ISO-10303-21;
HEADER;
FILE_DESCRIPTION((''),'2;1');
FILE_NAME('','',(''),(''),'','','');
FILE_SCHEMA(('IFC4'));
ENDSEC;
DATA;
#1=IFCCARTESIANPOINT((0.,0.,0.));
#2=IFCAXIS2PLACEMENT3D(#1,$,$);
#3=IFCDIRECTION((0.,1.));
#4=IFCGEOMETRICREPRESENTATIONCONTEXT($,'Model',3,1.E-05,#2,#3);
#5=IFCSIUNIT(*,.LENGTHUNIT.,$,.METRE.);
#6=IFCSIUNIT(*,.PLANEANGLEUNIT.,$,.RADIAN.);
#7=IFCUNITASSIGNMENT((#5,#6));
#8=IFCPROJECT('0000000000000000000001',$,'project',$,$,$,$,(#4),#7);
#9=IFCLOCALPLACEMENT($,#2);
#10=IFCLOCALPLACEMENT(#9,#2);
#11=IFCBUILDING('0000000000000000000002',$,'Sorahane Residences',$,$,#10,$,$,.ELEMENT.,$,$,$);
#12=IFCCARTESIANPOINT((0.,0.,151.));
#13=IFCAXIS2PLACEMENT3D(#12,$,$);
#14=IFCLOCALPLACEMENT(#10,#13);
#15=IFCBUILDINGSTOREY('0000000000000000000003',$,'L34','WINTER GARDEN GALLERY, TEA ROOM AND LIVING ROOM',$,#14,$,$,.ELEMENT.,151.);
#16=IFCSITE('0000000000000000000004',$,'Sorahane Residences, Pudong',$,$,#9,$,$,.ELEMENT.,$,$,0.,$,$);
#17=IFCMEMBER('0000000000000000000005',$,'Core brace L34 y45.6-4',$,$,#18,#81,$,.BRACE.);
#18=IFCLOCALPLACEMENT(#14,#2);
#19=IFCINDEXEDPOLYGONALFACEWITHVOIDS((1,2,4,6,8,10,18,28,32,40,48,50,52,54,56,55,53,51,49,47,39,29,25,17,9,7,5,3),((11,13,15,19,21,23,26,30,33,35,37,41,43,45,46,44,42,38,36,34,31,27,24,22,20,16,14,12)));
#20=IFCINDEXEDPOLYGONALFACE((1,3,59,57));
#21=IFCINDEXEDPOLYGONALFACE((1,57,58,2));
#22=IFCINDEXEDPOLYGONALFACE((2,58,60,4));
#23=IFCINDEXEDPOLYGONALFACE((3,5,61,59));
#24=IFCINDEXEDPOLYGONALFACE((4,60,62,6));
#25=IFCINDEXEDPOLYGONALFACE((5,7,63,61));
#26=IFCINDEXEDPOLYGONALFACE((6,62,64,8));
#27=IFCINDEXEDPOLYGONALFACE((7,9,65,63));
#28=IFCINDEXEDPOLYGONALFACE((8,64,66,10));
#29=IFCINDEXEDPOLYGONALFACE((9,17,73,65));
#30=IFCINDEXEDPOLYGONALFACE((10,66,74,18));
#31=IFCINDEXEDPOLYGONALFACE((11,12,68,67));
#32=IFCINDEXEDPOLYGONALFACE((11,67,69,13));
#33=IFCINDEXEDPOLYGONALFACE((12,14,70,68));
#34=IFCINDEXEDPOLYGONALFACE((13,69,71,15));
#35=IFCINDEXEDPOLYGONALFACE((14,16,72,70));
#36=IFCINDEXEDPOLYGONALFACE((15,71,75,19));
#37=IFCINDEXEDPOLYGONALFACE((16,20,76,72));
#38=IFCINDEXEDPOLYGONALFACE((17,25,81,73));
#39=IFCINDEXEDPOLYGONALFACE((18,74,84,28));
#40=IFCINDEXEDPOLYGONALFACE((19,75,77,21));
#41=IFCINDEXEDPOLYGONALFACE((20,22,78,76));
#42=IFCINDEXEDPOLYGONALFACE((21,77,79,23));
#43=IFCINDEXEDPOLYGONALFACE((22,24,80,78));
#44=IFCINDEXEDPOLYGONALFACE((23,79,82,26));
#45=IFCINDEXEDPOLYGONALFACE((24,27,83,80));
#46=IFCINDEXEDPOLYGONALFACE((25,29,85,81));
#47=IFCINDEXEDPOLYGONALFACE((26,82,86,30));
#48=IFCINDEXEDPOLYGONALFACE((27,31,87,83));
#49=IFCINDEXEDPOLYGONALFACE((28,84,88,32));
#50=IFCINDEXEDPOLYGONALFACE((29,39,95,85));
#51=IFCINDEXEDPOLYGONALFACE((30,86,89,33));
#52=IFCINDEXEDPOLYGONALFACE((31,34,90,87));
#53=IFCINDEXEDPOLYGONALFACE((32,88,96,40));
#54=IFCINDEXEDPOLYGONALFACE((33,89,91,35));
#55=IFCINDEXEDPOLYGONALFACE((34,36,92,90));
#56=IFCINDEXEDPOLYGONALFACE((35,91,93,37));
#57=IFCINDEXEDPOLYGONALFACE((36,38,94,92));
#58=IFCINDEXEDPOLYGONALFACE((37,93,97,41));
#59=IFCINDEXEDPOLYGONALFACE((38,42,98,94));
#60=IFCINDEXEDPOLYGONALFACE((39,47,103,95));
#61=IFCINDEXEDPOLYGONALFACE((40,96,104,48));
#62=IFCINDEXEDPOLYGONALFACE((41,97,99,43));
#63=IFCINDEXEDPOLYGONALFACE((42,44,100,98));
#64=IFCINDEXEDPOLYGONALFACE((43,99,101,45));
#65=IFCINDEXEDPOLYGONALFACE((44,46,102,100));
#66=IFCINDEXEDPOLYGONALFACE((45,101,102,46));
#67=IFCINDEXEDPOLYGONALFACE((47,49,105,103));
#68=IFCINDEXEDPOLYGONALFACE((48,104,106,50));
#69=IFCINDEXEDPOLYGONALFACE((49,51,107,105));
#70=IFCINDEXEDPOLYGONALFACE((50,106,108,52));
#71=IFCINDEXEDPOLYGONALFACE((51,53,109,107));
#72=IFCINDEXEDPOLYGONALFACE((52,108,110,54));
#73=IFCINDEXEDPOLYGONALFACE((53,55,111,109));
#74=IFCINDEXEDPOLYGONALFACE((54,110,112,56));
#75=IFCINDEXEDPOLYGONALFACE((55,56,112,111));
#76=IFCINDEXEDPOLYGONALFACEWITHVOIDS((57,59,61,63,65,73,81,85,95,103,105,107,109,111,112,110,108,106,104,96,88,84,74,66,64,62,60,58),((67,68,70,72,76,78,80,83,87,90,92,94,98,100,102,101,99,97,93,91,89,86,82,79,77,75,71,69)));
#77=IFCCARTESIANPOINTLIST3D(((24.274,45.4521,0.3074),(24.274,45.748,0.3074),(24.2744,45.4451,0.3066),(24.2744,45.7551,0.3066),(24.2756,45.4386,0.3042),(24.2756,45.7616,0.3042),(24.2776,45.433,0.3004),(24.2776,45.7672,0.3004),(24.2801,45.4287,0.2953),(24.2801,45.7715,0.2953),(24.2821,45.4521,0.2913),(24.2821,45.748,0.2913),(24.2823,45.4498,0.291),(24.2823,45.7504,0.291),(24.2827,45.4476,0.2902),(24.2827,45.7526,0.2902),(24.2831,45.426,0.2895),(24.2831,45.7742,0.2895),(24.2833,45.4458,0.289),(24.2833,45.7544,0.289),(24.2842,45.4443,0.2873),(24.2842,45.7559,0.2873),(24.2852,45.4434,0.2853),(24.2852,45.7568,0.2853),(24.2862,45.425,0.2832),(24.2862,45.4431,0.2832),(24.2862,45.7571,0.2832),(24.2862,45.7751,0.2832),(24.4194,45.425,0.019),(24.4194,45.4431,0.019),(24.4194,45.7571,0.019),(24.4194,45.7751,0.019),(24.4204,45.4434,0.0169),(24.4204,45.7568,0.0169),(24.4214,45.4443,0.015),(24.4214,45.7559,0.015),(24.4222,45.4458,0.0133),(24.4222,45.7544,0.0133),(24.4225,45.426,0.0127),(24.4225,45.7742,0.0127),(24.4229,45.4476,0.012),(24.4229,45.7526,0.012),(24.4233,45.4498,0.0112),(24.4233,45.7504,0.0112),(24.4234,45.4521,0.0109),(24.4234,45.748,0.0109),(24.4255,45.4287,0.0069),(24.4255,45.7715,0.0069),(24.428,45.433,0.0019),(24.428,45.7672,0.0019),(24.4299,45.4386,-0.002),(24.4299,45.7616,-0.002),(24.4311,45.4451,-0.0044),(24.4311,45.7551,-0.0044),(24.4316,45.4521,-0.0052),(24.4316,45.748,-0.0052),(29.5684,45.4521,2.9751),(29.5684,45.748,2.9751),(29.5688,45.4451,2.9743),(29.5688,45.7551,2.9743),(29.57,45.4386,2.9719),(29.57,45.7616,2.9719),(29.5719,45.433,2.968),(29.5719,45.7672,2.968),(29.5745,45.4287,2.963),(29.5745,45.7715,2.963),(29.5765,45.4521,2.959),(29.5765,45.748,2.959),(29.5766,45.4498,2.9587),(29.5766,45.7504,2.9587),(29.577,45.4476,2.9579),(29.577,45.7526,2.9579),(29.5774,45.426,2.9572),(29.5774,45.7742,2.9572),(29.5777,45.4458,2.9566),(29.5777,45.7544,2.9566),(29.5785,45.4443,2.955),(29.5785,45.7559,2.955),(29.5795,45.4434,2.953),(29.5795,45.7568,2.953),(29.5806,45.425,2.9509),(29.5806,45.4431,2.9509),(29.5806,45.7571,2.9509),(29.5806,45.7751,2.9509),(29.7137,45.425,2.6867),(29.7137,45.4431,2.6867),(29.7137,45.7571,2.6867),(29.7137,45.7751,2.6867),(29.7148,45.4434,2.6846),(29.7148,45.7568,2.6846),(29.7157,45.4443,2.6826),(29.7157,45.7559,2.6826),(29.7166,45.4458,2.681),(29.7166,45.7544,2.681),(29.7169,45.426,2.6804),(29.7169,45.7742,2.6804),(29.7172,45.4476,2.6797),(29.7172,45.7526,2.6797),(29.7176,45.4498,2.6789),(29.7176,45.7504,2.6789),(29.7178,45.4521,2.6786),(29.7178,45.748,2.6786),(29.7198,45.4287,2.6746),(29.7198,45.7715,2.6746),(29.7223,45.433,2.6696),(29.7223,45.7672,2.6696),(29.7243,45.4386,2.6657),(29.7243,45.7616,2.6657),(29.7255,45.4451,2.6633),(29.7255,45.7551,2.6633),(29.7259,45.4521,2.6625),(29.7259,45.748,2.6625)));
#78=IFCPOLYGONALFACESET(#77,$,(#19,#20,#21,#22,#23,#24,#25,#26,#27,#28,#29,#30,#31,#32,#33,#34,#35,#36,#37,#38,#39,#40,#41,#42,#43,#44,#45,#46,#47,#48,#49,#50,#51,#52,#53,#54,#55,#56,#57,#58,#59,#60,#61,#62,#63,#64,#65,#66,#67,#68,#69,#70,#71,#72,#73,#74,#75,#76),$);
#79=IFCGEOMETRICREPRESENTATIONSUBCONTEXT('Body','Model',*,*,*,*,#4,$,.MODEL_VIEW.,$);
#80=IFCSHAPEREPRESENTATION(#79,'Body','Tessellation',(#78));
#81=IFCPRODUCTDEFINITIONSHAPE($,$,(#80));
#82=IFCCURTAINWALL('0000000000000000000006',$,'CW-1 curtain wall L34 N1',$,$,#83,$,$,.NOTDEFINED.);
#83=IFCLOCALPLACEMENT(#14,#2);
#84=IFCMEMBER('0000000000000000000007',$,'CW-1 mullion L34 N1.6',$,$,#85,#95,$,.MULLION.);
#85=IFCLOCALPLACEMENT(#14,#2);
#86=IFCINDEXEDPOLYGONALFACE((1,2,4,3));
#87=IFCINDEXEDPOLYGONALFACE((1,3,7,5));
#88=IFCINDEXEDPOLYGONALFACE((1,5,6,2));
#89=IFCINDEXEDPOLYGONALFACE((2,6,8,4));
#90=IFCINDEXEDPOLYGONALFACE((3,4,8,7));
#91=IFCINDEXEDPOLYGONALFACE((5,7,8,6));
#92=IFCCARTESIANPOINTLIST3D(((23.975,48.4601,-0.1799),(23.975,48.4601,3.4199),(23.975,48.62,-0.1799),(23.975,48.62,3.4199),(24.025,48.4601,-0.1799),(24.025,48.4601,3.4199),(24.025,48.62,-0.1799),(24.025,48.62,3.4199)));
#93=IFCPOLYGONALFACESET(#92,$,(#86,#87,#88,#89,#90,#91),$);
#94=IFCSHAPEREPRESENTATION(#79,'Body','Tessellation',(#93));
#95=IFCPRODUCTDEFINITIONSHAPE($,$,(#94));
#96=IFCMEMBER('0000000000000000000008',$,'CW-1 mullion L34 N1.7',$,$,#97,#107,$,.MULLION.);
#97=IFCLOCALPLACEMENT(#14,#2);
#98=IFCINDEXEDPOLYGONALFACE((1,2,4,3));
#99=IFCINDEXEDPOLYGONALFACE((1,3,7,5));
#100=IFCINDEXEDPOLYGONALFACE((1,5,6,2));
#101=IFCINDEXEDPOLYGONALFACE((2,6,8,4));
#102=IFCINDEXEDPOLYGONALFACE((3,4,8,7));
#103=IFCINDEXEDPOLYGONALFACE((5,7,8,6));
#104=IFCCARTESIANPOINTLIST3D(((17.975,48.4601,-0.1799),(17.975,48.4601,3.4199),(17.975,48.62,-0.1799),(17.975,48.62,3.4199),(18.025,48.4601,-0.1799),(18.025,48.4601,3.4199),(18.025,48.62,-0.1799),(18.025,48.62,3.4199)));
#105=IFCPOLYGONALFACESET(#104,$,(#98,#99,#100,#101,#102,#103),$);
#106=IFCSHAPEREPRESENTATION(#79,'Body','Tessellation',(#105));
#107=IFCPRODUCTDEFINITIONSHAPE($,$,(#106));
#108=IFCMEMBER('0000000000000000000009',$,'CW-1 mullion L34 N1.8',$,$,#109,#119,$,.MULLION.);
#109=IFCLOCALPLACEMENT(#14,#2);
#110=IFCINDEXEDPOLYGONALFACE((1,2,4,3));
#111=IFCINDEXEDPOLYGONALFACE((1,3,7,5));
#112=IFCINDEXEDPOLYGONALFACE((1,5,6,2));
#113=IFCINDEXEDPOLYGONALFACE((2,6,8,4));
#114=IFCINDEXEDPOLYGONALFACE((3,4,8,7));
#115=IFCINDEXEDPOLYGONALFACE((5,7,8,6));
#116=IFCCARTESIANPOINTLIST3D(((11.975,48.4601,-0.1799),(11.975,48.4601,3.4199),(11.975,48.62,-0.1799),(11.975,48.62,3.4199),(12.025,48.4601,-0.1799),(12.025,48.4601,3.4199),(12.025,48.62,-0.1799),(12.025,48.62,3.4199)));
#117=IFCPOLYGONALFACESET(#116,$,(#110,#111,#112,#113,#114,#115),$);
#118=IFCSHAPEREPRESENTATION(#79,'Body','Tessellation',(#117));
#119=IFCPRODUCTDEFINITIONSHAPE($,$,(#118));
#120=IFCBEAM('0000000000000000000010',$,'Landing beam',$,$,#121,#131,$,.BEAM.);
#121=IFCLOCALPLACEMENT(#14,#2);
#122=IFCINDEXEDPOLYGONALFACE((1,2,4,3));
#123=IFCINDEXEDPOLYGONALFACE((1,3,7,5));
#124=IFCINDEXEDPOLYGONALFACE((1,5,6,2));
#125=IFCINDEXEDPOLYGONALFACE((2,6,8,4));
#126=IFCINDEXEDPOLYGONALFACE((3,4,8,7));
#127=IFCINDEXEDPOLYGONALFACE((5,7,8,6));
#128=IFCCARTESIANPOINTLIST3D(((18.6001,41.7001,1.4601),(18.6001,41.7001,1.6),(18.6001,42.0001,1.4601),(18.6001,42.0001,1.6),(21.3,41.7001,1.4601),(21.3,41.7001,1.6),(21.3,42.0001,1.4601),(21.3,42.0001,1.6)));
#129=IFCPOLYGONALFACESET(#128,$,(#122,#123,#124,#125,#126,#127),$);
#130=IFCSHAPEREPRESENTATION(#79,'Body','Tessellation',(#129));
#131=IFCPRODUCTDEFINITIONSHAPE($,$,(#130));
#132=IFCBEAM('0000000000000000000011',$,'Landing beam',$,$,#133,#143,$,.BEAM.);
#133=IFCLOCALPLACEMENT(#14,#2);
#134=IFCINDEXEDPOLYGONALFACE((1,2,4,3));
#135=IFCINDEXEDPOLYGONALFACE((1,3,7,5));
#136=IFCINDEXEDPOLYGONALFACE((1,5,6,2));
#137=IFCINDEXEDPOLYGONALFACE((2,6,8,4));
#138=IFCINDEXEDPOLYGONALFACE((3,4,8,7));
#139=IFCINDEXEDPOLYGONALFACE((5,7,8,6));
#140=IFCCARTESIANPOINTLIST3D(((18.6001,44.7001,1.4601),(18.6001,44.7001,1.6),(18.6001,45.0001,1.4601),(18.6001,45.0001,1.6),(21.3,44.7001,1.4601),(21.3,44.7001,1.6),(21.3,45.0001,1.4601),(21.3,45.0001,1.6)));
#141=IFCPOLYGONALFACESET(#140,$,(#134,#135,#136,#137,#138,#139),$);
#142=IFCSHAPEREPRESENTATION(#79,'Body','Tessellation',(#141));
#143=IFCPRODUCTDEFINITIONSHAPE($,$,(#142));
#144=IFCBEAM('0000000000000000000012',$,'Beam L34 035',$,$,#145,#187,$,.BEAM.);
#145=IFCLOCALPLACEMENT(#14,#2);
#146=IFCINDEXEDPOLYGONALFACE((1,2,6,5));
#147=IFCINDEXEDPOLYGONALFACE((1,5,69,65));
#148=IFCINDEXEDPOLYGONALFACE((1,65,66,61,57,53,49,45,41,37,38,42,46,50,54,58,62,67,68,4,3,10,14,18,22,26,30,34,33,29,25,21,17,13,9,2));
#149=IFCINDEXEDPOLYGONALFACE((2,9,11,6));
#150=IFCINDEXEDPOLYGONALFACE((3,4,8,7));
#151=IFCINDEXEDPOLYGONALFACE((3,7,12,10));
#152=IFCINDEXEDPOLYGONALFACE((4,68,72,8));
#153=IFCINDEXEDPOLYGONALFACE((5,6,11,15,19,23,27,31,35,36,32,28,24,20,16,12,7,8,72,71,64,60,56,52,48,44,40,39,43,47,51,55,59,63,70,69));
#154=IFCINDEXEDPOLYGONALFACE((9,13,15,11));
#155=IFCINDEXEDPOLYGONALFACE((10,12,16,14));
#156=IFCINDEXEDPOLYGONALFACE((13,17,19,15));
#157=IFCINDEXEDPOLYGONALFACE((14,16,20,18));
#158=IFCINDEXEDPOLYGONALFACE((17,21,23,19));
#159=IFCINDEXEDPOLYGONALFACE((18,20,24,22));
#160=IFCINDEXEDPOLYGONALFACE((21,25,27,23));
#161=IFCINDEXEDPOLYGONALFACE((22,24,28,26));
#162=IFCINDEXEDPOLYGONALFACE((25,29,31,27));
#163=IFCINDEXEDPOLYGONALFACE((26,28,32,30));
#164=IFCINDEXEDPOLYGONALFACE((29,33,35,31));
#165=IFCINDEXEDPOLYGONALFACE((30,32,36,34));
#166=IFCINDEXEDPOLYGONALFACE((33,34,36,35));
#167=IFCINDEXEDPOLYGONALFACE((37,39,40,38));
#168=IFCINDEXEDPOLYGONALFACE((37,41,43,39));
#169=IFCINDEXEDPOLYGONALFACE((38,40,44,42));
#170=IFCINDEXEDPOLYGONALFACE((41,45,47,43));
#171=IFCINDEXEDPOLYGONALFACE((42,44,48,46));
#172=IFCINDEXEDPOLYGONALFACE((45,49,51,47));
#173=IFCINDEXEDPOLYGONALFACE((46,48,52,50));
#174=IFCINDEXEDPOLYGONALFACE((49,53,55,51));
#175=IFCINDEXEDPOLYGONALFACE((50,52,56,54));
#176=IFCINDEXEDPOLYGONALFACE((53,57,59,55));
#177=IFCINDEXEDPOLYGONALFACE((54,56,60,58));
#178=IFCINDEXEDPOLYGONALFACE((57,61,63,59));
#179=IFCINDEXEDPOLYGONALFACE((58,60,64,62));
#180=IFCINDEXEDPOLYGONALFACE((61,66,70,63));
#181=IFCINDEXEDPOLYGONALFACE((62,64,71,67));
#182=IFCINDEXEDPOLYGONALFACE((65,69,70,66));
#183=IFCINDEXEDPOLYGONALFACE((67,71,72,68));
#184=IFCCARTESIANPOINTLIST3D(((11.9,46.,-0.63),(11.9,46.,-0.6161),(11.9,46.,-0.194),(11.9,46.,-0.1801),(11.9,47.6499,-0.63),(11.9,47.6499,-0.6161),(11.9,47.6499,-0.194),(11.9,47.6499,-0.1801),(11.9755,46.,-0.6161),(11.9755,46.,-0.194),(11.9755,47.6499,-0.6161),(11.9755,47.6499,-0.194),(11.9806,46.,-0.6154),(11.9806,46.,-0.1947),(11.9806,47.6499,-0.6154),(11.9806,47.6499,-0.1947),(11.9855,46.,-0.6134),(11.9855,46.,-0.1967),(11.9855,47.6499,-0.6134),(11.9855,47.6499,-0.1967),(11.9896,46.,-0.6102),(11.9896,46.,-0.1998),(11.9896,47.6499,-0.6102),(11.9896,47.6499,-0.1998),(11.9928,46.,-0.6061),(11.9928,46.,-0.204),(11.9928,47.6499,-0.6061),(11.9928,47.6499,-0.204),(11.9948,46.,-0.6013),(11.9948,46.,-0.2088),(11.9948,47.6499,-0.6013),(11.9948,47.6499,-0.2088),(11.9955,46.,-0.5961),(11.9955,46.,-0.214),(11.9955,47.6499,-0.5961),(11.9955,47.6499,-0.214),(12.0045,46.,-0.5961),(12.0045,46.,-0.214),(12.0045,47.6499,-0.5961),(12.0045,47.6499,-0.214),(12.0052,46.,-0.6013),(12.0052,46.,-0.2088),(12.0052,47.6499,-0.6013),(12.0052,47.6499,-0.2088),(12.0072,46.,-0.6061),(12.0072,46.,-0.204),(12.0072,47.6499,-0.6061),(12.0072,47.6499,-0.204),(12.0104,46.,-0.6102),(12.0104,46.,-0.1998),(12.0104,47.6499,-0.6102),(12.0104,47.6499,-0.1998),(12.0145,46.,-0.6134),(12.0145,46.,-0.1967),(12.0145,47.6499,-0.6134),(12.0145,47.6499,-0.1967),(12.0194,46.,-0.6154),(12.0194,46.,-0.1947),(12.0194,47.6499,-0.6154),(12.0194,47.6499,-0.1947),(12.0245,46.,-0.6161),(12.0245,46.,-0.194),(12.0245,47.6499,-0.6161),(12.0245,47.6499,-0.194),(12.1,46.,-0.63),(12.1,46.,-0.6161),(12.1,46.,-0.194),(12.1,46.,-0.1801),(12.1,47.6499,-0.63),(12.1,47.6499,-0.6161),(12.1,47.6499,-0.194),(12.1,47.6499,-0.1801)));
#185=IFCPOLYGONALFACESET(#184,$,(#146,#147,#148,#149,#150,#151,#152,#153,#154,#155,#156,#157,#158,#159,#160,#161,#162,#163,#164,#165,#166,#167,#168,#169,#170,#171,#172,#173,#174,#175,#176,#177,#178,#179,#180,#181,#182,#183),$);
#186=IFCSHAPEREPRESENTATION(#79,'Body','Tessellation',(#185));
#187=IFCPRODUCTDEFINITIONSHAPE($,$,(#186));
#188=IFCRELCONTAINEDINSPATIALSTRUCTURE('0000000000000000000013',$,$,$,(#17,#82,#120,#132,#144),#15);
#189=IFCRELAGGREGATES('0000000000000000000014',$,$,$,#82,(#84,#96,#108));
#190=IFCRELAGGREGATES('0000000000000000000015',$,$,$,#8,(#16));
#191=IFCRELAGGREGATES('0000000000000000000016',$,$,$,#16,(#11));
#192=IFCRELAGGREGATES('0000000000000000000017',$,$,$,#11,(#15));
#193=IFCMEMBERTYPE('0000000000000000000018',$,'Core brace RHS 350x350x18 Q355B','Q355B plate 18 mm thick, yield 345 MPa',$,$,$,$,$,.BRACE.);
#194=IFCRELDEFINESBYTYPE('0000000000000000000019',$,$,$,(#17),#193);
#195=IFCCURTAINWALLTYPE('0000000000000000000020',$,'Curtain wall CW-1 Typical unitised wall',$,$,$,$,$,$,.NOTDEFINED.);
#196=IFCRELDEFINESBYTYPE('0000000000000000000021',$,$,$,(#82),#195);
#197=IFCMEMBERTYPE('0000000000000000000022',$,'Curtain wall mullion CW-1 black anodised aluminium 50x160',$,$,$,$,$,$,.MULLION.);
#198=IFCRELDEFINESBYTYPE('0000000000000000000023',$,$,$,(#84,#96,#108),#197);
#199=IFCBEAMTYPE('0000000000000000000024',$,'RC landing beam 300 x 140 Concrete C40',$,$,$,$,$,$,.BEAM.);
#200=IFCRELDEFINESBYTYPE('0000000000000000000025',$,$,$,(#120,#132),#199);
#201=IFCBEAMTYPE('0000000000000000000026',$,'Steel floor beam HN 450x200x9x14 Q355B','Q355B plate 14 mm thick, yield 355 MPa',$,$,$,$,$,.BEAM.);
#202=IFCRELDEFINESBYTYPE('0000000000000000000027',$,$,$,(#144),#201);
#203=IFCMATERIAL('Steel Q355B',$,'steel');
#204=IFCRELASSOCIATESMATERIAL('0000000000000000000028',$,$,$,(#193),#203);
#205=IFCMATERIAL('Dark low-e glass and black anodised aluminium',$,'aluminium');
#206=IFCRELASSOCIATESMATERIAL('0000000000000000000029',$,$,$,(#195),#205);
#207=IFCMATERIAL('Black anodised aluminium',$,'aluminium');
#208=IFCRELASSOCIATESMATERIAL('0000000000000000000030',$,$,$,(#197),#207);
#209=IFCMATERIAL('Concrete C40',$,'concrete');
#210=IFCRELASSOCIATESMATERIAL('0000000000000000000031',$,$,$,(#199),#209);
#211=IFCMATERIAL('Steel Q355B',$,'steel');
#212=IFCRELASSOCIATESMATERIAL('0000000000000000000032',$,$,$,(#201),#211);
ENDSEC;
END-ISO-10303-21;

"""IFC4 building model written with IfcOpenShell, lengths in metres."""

from ifc_helpers import new_model, si_unit, direction, frame, origin, origin_2d, place, context, subcontext, project, spatial, rectangle, hollow_rectangle, i_section, extrude, material, material_profile, profile_set, type_object, element, aggregate, save


model = new_model("IFC4")

# Units and contexts
model_context = context("Model", 3, precision=1e-05, world=origin(), true_north=direction((0.0, 1.0)))
body_context = subcontext(model_context, "Body", "Model", "MODEL_VIEW")
ifc_project = project(units=[si_unit("LENGTHUNIT", "METRE"), si_unit("PLANEANGLEUNIT", "RADIAN")], contexts=[model_context])

# Site, building, storey
site_placement = place(None, origin())
site = spatial("IfcSite", under=ifc_project, at=site_placement, Name="Sorahane Residences, Pudong", CompositionType="ELEMENT", RefElevation=0.0)
building_placement = place(site_placement, origin())
building = spatial("IfcBuilding", under=site, at=building_placement, Name="Sorahane Residences", CompositionType="ELEMENT")
storey_placement = place(building_placement, frame((0.0, 0.0, 151.0)))
storey = spatial("IfcBuildingStorey", under=building, at=storey_placement, Name="L34", Description="WINTER GARDEN GALLERY, TEA ROOM AND LIVING ROOM", CompositionType="ELEMENT", Elevation=151.0)

# Member
ifc_material_1 = material(Name="Steel Q355B", Category="steel")
ifc_material_profile_1 = material_profile(ifc_material_1, hollow_rectangle(XDim=0.3501, YDim=0.3501, WallThickness=0.0181, InnerFilletRadius=0.009, OuterFilletRadius=0.0271, at=origin_2d()), Name="RHS 350x350x18")
ifc_profile_set_1 = profile_set([ifc_material_profile_1], Name="Steel Q355B")
member_type_1 = type_object("IfcMemberType", Name="Core brace RHS 350x350x18 Q355B", Description="Q355B plate 18 mm thick, yield 345 MPa", PredefinedType="BRACE", material=ifc_profile_set_1)
for number, where, z_axis, x_axis, name in (
    (1, (24.3528, 45.6001, 0.1511), (0.893039, 0.0, 0.449979), (0.0, 1.0, 0.0), "Core brace L34 y45.6-4"),
):
    element("IfcMember", number, at=place(storey_placement, frame(where, z_axis=z_axis, x_axis=x_axis)), inside=storey, type_object=member_type_1, Name=name, PredefinedType="BRACE", context=body_context, shape_type="SweptSolid", body=[
        extrude(hollow_rectangle(XDim=0.3501, YDim=0.3501, WallThickness=0.0181, InnerFilletRadius=0.009, OuterFilletRadius=0.0271, at=origin_2d()), origin(), (0.0, 0.0, 1.0), 5.9285),
    ])

# Curtain wall, members
ifc_material_2 = material(Name="Dark low-e glass and black anodised aluminium", Category="aluminium")
curtain_wall_type = type_object("IfcCurtainWallType", Name="Curtain wall CW-1 Typical unitised wall", PredefinedType="NOTDEFINED", material=ifc_material_2)
curtain_wall_placement = place(storey_placement, origin())
curtain_wall = element("IfcCurtainWall", 2, at=curtain_wall_placement, inside=storey, type_object=curtain_wall_type, Name="CW-1 curtain wall L34 N1", PredefinedType="NOTDEFINED")
ifc_material_3 = material(Name="Black anodised aluminium", Category="aluminium")
ifc_material_profile_2 = material_profile(ifc_material_3, rectangle(XDim=0.1599, YDim=0.05, at=origin_2d()), Name="Curtain wall mullion CW-1 black anodised aluminium 50x160")
ifc_profile_set_2 = profile_set([ifc_material_profile_2], Name="Black anodised aluminium")
member_type_2 = type_object("IfcMemberType", Name="Curtain wall mullion CW-1 black anodised aluminium 50x160", PredefinedType="MULLION", material=ifc_profile_set_2)
member_1_placement = place(storey_placement, frame((24.0, 48.54, -0.1799), z_axis=(0.0, 0.0, 1.0), x_axis=(0.0, 1.0, 0.0)))
member_1 = element("IfcMember", 3, at=member_1_placement, type_object=member_type_2, Name="CW-1 mullion L34 N1.6", PredefinedType="MULLION", context=body_context, shape_type="SweptSolid", body=[
    extrude(rectangle(XDim=0.1599, YDim=0.05, at=origin_2d()), origin(), (0.0, 0.0, 1.0), 3.5999),
])
member_2_placement = place(storey_placement, frame((18.0, 48.54, -0.1799), z_axis=(0.0, 0.0, 1.0), x_axis=(0.0, 1.0, 0.0)))
member_2 = element("IfcMember", 4, at=member_2_placement, type_object=member_type_2, Name="CW-1 mullion L34 N1.7", PredefinedType="MULLION", context=body_context, shape_type="SweptSolid", body=[
    extrude(rectangle(XDim=0.1599, YDim=0.05, at=origin_2d()), origin(), (0.0, 0.0, 1.0), 3.5999),
])
member_3_placement = place(storey_placement, frame((12.0, 48.54, -0.1799), z_axis=(0.0, 0.0, 1.0), x_axis=(0.0, 1.0, 0.0)))
member_3 = element("IfcMember", 5, at=member_3_placement, type_object=member_type_2, Name="CW-1 mullion L34 N1.8", PredefinedType="MULLION", context=body_context, shape_type="SweptSolid", body=[
    extrude(rectangle(XDim=0.1599, YDim=0.05, at=origin_2d()), origin(), (0.0, 0.0, 1.0), 3.5999),
])

# Beams
ifc_material_4 = material(Name="Concrete C40", Category="concrete")
ifc_material_profile_3 = material_profile(ifc_material_4, rectangle(XDim=0.3, YDim=0.1399, at=origin_2d()), Name="300x140")
ifc_profile_set_3 = profile_set([ifc_material_profile_3], Name="Concrete C40")
beam_type_1 = type_object("IfcBeamType", Name="RC landing beam 300 x 140 Concrete C40", PredefinedType="BEAM", material=ifc_profile_set_3)
for number, where, z_axis, x_axis, name in (
    (6, (18.6001, 41.8501, 1.53), (1.0, 0.0, 0.0), (0.0, 1.0, 0.0), "Landing beam"),
    (7, (18.6001, 44.8501, 1.53), (1.0, 0.0, 0.0), (0.0, 1.0, 0.0), "Landing beam"),
):
    element("IfcBeam", number, at=place(storey_placement, frame(where, z_axis=z_axis, x_axis=x_axis)), inside=storey, type_object=beam_type_1, Name=name, PredefinedType="BEAM", context=body_context, shape_type="SweptSolid", body=[
        extrude(rectangle(XDim=0.3, YDim=0.1399, at=origin_2d()), origin(), (0.0, 0.0, 1.0), 2.7),
    ])
ifc_material_5 = material(Name="Steel Q355B", Category="steel")
ifc_material_profile_4 = material_profile(ifc_material_5, i_section(OverallWidth=0.2, OverallDepth=0.45, WebThickness=0.009, FlangeThickness=0.0139, FilletRadius=0.02, at=origin_2d()), Name="HN 450x200x9x14")
ifc_profile_set_4 = profile_set([ifc_material_profile_4], Name="Steel Q355B")
beam_type_2 = type_object("IfcBeamType", Name="Steel floor beam HN 450x200x9x14 Q355B", Description="Q355B plate 14 mm thick, yield 355 MPa", PredefinedType="BEAM", material=ifc_profile_set_4)
beam_1_placement = place(storey_placement, frame((12.0, 46.0, -0.405), z_axis=(0.0, 1.0, 0.0), x_axis=(-1.0, 0.0, 0.0)))
element("IfcBeam", 8, at=beam_1_placement, inside=storey, type_object=beam_type_2, Name="Beam L34 035", PredefinedType="BEAM", context=body_context, shape_type="SweptSolid", body=[
    extrude(i_section(OverallWidth=0.2, OverallDepth=0.45, WebThickness=0.009, FlangeThickness=0.0139, FilletRadius=0.02, at=origin_2d()), origin(), (0.0, 0.0, 1.0), 1.6499),
])

aggregate(curtain_wall, [member_1, member_2, member_3])

save(model, "model.ifc")
